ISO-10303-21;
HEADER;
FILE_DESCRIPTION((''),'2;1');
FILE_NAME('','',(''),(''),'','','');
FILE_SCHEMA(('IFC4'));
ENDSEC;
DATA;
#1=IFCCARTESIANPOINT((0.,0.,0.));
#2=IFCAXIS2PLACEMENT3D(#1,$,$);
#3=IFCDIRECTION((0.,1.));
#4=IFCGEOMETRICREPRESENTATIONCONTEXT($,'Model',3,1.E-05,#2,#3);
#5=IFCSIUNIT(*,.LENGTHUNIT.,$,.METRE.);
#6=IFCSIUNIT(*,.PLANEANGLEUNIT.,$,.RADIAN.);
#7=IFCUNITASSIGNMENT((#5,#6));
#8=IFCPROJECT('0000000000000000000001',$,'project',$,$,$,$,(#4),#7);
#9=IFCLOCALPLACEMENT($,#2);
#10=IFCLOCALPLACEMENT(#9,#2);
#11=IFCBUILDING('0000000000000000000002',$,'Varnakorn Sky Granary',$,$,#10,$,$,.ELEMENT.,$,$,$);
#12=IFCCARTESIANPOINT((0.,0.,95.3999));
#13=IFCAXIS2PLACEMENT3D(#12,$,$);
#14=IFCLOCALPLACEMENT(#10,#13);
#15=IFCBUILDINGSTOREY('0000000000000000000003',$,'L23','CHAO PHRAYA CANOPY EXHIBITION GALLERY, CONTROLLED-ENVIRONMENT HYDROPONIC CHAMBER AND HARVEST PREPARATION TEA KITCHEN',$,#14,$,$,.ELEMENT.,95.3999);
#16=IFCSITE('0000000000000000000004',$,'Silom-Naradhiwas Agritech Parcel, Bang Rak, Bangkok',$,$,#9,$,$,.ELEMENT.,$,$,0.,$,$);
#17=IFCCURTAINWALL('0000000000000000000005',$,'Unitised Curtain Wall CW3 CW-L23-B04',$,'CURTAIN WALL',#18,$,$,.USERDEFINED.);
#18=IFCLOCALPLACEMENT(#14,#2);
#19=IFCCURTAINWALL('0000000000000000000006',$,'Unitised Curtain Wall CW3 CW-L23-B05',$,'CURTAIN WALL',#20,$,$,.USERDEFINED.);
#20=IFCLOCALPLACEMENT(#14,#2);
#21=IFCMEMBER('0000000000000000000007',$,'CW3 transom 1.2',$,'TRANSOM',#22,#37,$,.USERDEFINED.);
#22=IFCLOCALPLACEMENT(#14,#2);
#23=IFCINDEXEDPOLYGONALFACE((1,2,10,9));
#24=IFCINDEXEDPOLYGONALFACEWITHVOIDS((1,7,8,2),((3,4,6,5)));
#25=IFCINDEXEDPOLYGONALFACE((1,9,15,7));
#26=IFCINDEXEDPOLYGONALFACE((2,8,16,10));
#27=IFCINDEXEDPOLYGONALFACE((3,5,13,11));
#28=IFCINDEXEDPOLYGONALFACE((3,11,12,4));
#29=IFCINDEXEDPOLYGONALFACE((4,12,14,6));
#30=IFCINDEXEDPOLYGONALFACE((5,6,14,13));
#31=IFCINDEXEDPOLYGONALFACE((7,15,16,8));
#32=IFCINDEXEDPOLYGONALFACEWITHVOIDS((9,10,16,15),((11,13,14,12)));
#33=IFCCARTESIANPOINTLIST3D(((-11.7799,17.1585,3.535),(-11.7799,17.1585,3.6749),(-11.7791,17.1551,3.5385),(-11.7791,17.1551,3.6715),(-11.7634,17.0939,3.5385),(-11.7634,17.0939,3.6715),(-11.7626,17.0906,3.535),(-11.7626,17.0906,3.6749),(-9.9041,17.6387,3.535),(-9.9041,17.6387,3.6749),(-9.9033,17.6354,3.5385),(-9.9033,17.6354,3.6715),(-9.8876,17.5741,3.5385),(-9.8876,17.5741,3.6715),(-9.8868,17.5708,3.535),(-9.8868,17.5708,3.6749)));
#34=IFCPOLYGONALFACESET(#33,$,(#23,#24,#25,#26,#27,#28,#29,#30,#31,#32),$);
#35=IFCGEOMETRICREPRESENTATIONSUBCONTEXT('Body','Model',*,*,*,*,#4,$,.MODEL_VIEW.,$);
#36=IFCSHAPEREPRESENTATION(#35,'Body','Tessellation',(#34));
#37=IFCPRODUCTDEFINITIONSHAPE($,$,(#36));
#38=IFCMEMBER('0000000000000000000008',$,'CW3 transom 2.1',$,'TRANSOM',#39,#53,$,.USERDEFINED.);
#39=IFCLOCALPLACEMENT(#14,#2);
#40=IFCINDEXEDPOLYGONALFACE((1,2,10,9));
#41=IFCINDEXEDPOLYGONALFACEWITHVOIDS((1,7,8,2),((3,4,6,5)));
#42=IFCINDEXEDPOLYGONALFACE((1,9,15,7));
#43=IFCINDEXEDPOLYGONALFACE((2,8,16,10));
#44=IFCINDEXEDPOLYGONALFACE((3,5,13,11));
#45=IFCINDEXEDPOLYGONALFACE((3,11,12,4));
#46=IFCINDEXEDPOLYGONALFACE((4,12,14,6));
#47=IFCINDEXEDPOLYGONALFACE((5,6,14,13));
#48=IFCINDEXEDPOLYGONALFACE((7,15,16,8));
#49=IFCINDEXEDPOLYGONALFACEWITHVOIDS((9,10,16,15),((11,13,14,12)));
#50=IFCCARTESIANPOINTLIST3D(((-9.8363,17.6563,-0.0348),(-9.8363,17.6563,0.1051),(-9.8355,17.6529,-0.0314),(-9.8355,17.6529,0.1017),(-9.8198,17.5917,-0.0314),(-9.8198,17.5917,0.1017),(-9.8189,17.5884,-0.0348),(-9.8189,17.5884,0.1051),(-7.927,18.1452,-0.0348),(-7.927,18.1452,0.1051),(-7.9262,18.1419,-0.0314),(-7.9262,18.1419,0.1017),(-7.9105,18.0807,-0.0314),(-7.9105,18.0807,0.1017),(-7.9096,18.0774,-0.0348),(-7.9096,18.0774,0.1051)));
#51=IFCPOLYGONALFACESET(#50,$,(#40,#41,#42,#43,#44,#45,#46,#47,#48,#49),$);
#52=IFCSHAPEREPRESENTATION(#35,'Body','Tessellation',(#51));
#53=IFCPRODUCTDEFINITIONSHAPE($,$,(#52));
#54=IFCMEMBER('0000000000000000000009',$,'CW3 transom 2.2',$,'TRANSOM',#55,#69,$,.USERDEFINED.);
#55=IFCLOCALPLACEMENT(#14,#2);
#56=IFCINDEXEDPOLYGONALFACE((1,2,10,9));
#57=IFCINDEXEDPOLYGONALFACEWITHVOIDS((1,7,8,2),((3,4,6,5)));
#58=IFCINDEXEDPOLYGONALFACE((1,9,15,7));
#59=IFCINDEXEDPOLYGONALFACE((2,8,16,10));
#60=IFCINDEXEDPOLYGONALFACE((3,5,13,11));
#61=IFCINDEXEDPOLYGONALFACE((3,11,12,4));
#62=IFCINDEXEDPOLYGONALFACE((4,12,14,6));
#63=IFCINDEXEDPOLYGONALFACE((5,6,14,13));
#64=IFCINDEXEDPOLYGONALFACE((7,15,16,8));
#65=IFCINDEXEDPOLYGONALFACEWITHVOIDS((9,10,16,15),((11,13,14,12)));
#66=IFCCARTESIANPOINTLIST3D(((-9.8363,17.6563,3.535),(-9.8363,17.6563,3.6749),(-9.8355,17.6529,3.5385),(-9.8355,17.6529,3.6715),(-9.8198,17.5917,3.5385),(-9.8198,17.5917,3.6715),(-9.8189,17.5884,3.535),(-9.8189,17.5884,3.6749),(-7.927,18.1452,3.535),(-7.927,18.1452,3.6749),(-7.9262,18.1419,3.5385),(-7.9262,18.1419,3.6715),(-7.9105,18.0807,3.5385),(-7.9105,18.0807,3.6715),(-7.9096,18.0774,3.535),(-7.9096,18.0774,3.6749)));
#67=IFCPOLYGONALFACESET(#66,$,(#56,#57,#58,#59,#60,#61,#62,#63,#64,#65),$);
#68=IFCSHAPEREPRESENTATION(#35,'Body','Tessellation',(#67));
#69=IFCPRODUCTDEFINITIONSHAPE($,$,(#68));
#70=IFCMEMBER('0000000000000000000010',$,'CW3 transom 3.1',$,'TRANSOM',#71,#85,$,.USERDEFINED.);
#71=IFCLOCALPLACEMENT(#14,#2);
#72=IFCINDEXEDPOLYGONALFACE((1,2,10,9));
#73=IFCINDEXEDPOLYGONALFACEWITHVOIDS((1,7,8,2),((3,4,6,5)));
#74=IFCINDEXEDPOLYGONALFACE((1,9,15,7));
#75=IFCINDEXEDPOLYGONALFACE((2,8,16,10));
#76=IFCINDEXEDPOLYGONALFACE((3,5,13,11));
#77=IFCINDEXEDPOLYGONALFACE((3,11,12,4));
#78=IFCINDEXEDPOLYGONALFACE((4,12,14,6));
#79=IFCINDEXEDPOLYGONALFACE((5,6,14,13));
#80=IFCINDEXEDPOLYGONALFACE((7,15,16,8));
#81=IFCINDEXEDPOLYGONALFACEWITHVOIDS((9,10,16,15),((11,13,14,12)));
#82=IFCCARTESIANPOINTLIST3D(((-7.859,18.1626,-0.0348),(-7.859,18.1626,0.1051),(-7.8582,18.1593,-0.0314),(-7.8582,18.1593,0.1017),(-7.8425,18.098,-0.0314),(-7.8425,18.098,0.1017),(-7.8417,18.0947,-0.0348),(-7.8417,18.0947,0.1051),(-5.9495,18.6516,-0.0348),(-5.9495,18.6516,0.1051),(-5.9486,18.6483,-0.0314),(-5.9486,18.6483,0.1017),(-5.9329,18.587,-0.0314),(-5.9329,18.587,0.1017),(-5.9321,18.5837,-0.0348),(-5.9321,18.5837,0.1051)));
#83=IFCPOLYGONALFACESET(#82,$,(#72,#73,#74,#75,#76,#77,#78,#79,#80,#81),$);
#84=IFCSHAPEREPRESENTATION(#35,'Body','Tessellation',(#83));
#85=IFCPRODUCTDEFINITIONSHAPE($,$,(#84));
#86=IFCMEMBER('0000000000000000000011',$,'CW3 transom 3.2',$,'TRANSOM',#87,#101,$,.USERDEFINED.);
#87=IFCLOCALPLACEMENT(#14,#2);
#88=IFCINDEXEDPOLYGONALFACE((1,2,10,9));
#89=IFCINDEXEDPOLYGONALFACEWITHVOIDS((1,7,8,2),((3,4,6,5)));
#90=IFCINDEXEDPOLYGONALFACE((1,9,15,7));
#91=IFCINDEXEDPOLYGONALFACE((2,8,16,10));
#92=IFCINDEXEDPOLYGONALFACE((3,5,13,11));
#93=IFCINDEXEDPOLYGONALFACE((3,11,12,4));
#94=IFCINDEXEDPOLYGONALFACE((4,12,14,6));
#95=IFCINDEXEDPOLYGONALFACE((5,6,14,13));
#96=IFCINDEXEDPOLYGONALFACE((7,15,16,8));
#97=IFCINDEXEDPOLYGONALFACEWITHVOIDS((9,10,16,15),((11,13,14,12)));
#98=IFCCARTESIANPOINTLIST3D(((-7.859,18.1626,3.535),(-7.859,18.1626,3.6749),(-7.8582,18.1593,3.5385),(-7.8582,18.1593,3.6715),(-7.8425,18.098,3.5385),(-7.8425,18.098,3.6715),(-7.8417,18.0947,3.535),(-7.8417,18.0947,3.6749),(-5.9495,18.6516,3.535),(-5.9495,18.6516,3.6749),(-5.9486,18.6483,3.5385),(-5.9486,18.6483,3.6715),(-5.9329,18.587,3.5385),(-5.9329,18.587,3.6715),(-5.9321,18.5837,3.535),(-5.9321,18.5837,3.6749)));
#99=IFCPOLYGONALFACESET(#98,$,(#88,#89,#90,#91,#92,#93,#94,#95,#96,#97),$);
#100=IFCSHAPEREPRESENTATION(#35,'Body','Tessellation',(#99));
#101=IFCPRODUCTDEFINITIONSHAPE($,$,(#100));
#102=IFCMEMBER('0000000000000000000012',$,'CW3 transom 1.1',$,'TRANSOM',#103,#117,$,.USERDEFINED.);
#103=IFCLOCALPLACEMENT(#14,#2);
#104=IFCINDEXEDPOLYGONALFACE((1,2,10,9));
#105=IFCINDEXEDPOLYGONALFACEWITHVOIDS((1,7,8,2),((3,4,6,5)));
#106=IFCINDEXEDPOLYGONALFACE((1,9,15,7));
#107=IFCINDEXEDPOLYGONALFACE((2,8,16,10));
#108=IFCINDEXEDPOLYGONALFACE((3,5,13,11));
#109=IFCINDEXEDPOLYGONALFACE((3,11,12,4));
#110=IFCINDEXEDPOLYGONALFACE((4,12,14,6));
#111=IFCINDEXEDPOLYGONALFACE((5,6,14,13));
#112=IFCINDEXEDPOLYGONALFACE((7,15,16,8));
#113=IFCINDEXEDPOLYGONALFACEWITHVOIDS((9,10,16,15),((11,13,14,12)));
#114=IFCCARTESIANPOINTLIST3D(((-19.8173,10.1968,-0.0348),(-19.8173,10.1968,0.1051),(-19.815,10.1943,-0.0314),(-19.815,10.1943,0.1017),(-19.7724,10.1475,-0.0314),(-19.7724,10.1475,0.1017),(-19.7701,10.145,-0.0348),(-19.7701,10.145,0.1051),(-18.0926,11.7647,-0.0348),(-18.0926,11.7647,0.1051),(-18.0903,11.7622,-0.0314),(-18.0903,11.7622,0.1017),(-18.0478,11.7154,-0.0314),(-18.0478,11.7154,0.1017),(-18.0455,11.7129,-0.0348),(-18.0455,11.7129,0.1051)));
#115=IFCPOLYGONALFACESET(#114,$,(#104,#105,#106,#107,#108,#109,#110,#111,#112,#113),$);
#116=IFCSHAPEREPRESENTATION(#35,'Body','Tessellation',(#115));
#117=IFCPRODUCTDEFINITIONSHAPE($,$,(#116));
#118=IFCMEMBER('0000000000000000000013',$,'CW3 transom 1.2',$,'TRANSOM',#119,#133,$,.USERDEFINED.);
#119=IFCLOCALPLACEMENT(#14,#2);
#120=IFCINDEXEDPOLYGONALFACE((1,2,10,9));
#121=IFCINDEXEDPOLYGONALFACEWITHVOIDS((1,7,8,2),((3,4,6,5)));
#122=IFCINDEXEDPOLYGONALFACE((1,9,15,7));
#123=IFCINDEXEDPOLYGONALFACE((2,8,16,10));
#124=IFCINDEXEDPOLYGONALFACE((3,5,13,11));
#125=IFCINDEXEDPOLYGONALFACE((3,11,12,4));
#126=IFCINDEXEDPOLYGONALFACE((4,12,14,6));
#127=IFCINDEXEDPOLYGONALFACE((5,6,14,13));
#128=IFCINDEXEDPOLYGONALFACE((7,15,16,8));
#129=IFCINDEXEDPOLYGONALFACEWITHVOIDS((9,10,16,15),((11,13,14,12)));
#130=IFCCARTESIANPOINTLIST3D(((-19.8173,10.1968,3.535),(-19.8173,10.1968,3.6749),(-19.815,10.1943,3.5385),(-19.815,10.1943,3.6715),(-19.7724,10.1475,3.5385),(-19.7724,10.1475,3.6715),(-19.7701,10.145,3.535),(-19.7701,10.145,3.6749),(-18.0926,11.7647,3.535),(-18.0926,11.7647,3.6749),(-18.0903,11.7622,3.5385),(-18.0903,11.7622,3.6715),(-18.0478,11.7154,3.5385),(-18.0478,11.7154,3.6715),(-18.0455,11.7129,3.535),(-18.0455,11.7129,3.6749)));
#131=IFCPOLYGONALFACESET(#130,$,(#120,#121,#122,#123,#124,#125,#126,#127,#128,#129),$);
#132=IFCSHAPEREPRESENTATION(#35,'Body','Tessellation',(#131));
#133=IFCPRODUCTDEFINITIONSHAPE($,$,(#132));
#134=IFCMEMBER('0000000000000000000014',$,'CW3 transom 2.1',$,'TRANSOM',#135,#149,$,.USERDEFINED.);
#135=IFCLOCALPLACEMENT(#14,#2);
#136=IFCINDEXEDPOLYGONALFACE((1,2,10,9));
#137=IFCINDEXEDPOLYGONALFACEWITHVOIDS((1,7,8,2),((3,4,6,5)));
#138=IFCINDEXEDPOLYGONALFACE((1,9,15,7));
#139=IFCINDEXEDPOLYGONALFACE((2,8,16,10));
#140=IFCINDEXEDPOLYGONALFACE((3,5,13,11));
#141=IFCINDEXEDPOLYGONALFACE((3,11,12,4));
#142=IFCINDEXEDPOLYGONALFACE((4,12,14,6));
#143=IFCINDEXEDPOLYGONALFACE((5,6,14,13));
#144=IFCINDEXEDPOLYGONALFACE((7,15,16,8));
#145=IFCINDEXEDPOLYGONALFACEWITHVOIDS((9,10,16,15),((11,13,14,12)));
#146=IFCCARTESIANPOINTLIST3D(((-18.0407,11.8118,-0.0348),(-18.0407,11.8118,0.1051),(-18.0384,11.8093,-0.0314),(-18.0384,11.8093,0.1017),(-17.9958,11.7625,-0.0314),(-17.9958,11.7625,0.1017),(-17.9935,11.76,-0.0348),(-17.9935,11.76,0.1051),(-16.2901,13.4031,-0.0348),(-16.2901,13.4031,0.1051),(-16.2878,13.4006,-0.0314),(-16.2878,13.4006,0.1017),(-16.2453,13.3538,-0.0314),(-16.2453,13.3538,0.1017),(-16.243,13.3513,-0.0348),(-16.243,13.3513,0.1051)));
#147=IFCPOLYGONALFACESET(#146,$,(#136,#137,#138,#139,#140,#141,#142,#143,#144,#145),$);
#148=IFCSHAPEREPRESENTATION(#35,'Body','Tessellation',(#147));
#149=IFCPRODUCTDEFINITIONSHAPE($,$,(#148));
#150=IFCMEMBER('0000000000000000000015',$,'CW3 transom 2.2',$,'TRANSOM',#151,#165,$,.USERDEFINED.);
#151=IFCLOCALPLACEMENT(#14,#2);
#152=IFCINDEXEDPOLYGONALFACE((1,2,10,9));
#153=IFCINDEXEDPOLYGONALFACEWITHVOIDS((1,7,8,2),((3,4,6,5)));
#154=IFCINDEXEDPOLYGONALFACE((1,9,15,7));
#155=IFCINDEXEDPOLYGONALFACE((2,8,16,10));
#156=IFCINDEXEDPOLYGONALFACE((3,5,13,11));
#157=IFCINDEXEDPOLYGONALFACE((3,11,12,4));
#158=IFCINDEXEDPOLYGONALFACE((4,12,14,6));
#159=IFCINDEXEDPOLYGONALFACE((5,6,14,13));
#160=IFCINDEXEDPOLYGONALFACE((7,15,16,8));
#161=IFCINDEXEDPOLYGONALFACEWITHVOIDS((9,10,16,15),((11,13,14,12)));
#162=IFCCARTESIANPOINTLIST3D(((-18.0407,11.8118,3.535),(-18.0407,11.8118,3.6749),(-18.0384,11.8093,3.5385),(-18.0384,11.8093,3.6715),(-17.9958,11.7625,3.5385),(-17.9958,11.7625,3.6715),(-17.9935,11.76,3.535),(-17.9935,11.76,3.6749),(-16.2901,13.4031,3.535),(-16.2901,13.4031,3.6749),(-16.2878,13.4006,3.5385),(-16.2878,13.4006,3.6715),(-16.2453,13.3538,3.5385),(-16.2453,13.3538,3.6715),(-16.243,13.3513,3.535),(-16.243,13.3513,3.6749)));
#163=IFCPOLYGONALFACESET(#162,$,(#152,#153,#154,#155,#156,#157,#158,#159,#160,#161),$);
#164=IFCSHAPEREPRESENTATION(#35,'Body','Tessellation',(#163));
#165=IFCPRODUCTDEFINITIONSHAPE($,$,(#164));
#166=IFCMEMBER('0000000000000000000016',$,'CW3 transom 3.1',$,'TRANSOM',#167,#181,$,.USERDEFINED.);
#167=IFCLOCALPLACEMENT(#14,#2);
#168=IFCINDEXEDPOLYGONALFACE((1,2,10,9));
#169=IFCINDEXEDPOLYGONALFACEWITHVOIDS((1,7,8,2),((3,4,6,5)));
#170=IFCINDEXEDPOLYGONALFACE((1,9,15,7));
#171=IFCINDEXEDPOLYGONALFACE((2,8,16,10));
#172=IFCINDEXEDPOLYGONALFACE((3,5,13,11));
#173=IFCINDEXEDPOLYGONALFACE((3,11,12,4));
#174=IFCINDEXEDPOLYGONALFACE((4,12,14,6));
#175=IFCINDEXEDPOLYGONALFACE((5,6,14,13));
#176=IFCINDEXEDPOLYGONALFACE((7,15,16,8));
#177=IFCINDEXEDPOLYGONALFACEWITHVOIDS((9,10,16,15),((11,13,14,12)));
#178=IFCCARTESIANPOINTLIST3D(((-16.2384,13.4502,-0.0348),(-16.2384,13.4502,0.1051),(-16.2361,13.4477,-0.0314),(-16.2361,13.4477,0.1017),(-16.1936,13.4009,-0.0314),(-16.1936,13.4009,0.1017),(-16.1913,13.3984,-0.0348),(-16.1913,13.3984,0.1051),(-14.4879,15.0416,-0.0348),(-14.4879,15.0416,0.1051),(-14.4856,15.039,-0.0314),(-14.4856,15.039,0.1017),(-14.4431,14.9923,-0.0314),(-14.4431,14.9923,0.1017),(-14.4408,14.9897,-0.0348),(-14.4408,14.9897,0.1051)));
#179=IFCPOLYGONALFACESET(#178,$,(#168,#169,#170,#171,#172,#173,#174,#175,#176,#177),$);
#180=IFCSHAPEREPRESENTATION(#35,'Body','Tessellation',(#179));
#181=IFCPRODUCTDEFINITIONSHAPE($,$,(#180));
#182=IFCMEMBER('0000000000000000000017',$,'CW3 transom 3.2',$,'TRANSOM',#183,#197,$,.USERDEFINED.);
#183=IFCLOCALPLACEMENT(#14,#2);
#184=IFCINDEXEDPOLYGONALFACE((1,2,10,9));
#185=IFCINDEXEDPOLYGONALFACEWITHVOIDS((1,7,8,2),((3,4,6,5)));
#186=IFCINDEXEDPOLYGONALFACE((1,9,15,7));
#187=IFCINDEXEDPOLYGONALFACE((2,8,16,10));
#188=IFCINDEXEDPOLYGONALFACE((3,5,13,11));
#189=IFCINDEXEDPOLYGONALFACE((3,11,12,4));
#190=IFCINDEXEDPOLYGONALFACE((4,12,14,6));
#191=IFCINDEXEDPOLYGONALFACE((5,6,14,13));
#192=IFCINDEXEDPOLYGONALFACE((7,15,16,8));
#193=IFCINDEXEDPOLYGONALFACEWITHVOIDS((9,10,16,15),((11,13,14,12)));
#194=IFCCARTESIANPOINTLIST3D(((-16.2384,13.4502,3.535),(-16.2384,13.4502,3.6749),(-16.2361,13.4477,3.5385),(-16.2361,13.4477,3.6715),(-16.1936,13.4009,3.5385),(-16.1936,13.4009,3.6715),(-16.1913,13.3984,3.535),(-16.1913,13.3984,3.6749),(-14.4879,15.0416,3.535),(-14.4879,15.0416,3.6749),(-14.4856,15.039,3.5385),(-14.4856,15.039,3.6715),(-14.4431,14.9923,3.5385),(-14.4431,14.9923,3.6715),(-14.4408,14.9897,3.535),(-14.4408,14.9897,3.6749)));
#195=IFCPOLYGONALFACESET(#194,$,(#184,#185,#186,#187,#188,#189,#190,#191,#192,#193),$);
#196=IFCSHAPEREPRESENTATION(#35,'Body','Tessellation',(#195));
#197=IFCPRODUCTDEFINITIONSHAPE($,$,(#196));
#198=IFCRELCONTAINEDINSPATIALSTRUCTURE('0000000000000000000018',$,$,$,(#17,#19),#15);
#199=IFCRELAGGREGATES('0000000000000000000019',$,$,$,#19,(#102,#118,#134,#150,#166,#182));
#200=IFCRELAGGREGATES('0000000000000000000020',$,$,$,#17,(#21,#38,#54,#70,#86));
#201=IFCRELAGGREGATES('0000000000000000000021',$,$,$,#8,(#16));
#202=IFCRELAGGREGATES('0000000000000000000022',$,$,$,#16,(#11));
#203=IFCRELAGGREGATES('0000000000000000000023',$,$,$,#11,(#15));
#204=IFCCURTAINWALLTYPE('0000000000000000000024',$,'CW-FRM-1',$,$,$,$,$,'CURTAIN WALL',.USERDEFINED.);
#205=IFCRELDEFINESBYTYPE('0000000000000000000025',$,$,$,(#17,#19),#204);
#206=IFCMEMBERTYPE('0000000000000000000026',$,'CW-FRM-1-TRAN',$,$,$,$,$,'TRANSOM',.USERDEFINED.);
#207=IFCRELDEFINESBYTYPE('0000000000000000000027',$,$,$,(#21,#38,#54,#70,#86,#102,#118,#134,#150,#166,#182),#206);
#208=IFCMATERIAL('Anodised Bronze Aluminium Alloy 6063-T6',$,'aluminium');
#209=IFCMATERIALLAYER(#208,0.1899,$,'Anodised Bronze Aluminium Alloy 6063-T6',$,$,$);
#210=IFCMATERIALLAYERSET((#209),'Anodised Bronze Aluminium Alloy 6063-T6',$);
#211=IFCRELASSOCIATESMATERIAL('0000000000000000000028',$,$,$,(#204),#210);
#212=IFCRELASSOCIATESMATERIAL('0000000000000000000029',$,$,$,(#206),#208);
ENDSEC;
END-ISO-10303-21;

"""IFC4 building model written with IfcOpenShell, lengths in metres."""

from ifc_helpers import new_model, si_unit, direction, frame, origin, origin_2d, place, context, subcontext, project, spatial, hollow_rectangle, extrude, material, layer, layer_set, material_profile, profile_set, type_object, element, aggregate, save


model = new_model("IFC4")

# Units and contexts
model_context = context("Model", 3, precision=1e-05, world=origin(), true_north=direction((0.0, 1.0)))
body_context = subcontext(model_context, "Body", "Model", "MODEL_VIEW")
ifc_project = project(units=[si_unit("LENGTHUNIT", "METRE"), si_unit("PLANEANGLEUNIT", "RADIAN")], contexts=[model_context])

# Site, building, storey
site_placement = place(None, origin())
site = spatial("IfcSite", under=ifc_project, at=site_placement, Name="Silom-Naradhiwas Agritech Parcel, Bang Rak, Bangkok", CompositionType="ELEMENT", RefElevation=0.0)
building_placement = place(site_placement, origin())
building = spatial("IfcBuilding", under=site, at=building_placement, Name="Varnakorn Sky Granary", CompositionType="ELEMENT")
storey_placement = place(building_placement, frame((0.0, 0.0, 95.3999)))
storey = spatial("IfcBuildingStorey", under=building, at=storey_placement, Name="L23", Description="CHAO PHRAYA CANOPY EXHIBITION GALLERY, CONTROLLED-ENVIRONMENT HYDROPONIC CHAMBER AND HARVEST PREPARATION TEA KITCHEN", CompositionType="ELEMENT", Elevation=95.3999)

# Curtain walls
ifc_material_1 = material(Name="Anodised Bronze Aluminium Alloy 6063-T6", Category="aluminium")
ifc_layer_1 = layer(ifc_material_1, 0.1899, Name="Anodised Bronze Aluminium Alloy 6063-T6")
ifc_layer_set_1 = layer_set([ifc_layer_1], Name="Anodised Bronze Aluminium Alloy 6063-T6")
curtain_wall_type = type_object("IfcCurtainWallType", Name="CW-FRM-1", ElementType="CURTAIN WALL", PredefinedType="USERDEFINED", material=ifc_layer_set_1)
curtain_wall_1_placement = place(storey_placement, origin())
curtain_wall_1 = element("IfcCurtainWall", 1, at=curtain_wall_1_placement, inside=storey, type_object=curtain_wall_type, Name="Unitised Curtain Wall CW3 CW-L23-B04", ObjectType="CURTAIN WALL", PredefinedType="USERDEFINED")
curtain_wall_2_placement = place(storey_placement, origin())
curtain_wall_2 = element("IfcCurtainWall", 2, at=curtain_wall_2_placement, inside=storey, type_object=curtain_wall_type, Name="Unitised Curtain Wall CW3 CW-L23-B05", ObjectType="CURTAIN WALL", PredefinedType="USERDEFINED")

# Members
ifc_material_profile_1 = material_profile(ifc_material_1, hollow_rectangle(XDim=0.0701, YDim=0.1399, WallThickness=0.0034, at=origin_2d()), Name="ALU TRAN 70x140")
ifc_profile_set_1 = profile_set([ifc_material_profile_1], Name="Anodised Bronze Aluminium Alloy 6063-T6")
member_type_1 = type_object("IfcMemberType", Name="CW-FRM-1-TRAN", ElementType="TRANSOM", PredefinedType="USERDEFINED", material=ifc_profile_set_1)
member_1_placement = place(storey_placement, frame((-11.7712, 17.1245, 3.605), z_axis=(0.968755, 0.24802, 0.0), x_axis=(-0.24802, 0.968755, 0.0)))
member_1 = element("IfcMember", 3, at=member_1_placement, type_object=member_type_1, Name="CW3 transom 1.2", ObjectType="TRANSOM", PredefinedType="USERDEFINED", context=body_context, shape_type="SweptSolid", body=[
    extrude(hollow_rectangle(XDim=0.0701, YDim=0.1399, WallThickness=0.0034, at=origin_2d()), origin(), (0.0, 0.0, 1.0), 1.9363),
])
member_2_placement = place(storey_placement, frame((-9.8276, 17.6223, 0.0352), z_axis=(0.968735, 0.248098, 0.0), x_axis=(-0.248098, 0.968735, 0.0)))
member_2 = element("IfcMember", 4, at=member_2_placement, type_object=member_type_1, Name="CW3 transom 2.1", ObjectType="TRANSOM", PredefinedType="USERDEFINED", context=body_context, shape_type="SweptSolid", body=[
    extrude(hollow_rectangle(XDim=0.0701, YDim=0.1399, WallThickness=0.0034, at=origin_2d()), origin(), (0.0, 0.0, 1.0), 1.9709),
])
member_3_placement = place(storey_placement, frame((-9.8276, 17.6223, 3.605), z_axis=(0.968735, 0.248098, 0.0), x_axis=(-0.248098, 0.968735, 0.0)))
member_3 = element("IfcMember", 5, at=member_3_placement, type_object=member_type_1, Name="CW3 transom 2.2", ObjectType="TRANSOM", PredefinedType="USERDEFINED", context=body_context, shape_type="SweptSolid", body=[
    extrude(hollow_rectangle(XDim=0.0701, YDim=0.1399, WallThickness=0.0034, at=origin_2d()), origin(), (0.0, 0.0, 1.0), 1.9709),
])
member_4_placement = place(storey_placement, frame((-7.8503, 18.1287, 0.0352), z_axis=(0.968743, 0.248068, 0.0), x_axis=(-0.248068, 0.968743, 0.0)))
member_4 = element("IfcMember", 6, at=member_4_placement, type_object=member_type_1, Name="CW3 transom 3.1", ObjectType="TRANSOM", PredefinedType="USERDEFINED", context=body_context, shape_type="SweptSolid", body=[
    extrude(hollow_rectangle(XDim=0.0701, YDim=0.1399, WallThickness=0.0034, at=origin_2d()), origin(), (0.0, 0.0, 1.0), 1.9712),
])
member_5_placement = place(storey_placement, frame((-7.8503, 18.1287, 3.605), z_axis=(0.968743, 0.248068, 0.0), x_axis=(-0.248068, 0.968743, 0.0)))
member_5 = element("IfcMember", 7, at=member_5_placement, type_object=member_type_1, Name="CW3 transom 3.2", ObjectType="TRANSOM", PredefinedType="USERDEFINED", context=body_context, shape_type="SweptSolid", body=[
    extrude(hollow_rectangle(XDim=0.0701, YDim=0.1399, WallThickness=0.0034, at=origin_2d()), origin(), (0.0, 0.0, 1.0), 1.9712),
])
member_6_placement = place(storey_placement, frame((-19.7937, 10.1709, 0.0352), z_axis=(0.739931, 0.672683, 0.0), x_axis=(-0.672683, 0.739931, 0.0)))
member_6 = element("IfcMember", 8, at=member_6_placement, type_object=member_type_1, Name="CW3 transom 1.1", ObjectType="TRANSOM", PredefinedType="USERDEFINED", context=body_context, shape_type="SweptSolid", body=[
    extrude(hollow_rectangle(XDim=0.0701, YDim=0.1399, WallThickness=0.0034, at=origin_2d()), origin(), (0.0, 0.0, 1.0), 2.3308),
])
member_7_placement = place(storey_placement, frame((-19.7937, 10.1709, 3.605), z_axis=(0.739931, 0.672683, 0.0), x_axis=(-0.672683, 0.739931, 0.0)))
member_7 = element("IfcMember", 9, at=member_7_placement, type_object=member_type_1, Name="CW3 transom 1.2", ObjectType="TRANSOM", PredefinedType="USERDEFINED", context=body_context, shape_type="SweptSolid", body=[
    extrude(hollow_rectangle(XDim=0.0701, YDim=0.1399, WallThickness=0.0034, at=origin_2d()), origin(), (0.0, 0.0, 1.0), 2.3308),
])
member_8_placement = place(storey_placement, frame((-18.0171, 11.7859, 0.0352), z_axis=(0.739949, 0.672663, 0.0), x_axis=(-0.672663, 0.739949, 0.0)))
member_8 = element("IfcMember", 10, at=member_8_placement, type_object=member_type_1, Name="CW3 transom 2.1", ObjectType="TRANSOM", PredefinedType="USERDEFINED", context=body_context, shape_type="SweptSolid", body=[
    extrude(hollow_rectangle(XDim=0.0701, YDim=0.1399, WallThickness=0.0034, at=origin_2d()), origin(), (0.0, 0.0, 1.0), 2.3657),
])
member_9_placement = place(storey_placement, frame((-18.0171, 11.7859, 3.605), z_axis=(0.739949, 0.672663, 0.0), x_axis=(-0.672663, 0.739949, 0.0)))
member_9 = element("IfcMember", 11, at=member_9_placement, type_object=member_type_1, Name="CW3 transom 2.2", ObjectType="TRANSOM", PredefinedType="USERDEFINED", context=body_context, shape_type="SweptSolid", body=[
    extrude(hollow_rectangle(XDim=0.0701, YDim=0.1399, WallThickness=0.0034, at=origin_2d()), origin(), (0.0, 0.0, 1.0), 2.3657),
])
member_10_placement = place(storey_placement, frame((-16.2148, 13.4243, 0.0352), z_axis=(0.739949, 0.672663, 0.0), x_axis=(-0.672663, 0.739949, 0.0)))
member_10 = element("IfcMember", 12, at=member_10_placement, type_object=member_type_1, Name="CW3 transom 3.1", ObjectType="TRANSOM", PredefinedType="USERDEFINED", context=body_context, shape_type="SweptSolid", body=[
    extrude(hollow_rectangle(XDim=0.0701, YDim=0.1399, WallThickness=0.0034, at=origin_2d()), origin(), (0.0, 0.0, 1.0), 2.3657),
])
member_11_placement = place(storey_placement, frame((-16.2148, 13.4243, 3.605), z_axis=(0.739949, 0.672663, 0.0), x_axis=(-0.672663, 0.739949, 0.0)))
member_11 = element("IfcMember", 13, at=member_11_placement, type_object=member_type_1, Name="CW3 transom 3.2", ObjectType="TRANSOM", PredefinedType="USERDEFINED", context=body_context, shape_type="SweptSolid", body=[
    extrude(hollow_rectangle(XDim=0.0701, YDim=0.1399, WallThickness=0.0034, at=origin_2d()), origin(), (0.0, 0.0, 1.0), 2.3657),
])

aggregate(curtain_wall_2, [member_6, member_7, member_8, member_9, member_10, member_11])
aggregate(curtain_wall_1, [member_1, member_2, member_3, member_4, member_5])

save(model, "model.ifc")
